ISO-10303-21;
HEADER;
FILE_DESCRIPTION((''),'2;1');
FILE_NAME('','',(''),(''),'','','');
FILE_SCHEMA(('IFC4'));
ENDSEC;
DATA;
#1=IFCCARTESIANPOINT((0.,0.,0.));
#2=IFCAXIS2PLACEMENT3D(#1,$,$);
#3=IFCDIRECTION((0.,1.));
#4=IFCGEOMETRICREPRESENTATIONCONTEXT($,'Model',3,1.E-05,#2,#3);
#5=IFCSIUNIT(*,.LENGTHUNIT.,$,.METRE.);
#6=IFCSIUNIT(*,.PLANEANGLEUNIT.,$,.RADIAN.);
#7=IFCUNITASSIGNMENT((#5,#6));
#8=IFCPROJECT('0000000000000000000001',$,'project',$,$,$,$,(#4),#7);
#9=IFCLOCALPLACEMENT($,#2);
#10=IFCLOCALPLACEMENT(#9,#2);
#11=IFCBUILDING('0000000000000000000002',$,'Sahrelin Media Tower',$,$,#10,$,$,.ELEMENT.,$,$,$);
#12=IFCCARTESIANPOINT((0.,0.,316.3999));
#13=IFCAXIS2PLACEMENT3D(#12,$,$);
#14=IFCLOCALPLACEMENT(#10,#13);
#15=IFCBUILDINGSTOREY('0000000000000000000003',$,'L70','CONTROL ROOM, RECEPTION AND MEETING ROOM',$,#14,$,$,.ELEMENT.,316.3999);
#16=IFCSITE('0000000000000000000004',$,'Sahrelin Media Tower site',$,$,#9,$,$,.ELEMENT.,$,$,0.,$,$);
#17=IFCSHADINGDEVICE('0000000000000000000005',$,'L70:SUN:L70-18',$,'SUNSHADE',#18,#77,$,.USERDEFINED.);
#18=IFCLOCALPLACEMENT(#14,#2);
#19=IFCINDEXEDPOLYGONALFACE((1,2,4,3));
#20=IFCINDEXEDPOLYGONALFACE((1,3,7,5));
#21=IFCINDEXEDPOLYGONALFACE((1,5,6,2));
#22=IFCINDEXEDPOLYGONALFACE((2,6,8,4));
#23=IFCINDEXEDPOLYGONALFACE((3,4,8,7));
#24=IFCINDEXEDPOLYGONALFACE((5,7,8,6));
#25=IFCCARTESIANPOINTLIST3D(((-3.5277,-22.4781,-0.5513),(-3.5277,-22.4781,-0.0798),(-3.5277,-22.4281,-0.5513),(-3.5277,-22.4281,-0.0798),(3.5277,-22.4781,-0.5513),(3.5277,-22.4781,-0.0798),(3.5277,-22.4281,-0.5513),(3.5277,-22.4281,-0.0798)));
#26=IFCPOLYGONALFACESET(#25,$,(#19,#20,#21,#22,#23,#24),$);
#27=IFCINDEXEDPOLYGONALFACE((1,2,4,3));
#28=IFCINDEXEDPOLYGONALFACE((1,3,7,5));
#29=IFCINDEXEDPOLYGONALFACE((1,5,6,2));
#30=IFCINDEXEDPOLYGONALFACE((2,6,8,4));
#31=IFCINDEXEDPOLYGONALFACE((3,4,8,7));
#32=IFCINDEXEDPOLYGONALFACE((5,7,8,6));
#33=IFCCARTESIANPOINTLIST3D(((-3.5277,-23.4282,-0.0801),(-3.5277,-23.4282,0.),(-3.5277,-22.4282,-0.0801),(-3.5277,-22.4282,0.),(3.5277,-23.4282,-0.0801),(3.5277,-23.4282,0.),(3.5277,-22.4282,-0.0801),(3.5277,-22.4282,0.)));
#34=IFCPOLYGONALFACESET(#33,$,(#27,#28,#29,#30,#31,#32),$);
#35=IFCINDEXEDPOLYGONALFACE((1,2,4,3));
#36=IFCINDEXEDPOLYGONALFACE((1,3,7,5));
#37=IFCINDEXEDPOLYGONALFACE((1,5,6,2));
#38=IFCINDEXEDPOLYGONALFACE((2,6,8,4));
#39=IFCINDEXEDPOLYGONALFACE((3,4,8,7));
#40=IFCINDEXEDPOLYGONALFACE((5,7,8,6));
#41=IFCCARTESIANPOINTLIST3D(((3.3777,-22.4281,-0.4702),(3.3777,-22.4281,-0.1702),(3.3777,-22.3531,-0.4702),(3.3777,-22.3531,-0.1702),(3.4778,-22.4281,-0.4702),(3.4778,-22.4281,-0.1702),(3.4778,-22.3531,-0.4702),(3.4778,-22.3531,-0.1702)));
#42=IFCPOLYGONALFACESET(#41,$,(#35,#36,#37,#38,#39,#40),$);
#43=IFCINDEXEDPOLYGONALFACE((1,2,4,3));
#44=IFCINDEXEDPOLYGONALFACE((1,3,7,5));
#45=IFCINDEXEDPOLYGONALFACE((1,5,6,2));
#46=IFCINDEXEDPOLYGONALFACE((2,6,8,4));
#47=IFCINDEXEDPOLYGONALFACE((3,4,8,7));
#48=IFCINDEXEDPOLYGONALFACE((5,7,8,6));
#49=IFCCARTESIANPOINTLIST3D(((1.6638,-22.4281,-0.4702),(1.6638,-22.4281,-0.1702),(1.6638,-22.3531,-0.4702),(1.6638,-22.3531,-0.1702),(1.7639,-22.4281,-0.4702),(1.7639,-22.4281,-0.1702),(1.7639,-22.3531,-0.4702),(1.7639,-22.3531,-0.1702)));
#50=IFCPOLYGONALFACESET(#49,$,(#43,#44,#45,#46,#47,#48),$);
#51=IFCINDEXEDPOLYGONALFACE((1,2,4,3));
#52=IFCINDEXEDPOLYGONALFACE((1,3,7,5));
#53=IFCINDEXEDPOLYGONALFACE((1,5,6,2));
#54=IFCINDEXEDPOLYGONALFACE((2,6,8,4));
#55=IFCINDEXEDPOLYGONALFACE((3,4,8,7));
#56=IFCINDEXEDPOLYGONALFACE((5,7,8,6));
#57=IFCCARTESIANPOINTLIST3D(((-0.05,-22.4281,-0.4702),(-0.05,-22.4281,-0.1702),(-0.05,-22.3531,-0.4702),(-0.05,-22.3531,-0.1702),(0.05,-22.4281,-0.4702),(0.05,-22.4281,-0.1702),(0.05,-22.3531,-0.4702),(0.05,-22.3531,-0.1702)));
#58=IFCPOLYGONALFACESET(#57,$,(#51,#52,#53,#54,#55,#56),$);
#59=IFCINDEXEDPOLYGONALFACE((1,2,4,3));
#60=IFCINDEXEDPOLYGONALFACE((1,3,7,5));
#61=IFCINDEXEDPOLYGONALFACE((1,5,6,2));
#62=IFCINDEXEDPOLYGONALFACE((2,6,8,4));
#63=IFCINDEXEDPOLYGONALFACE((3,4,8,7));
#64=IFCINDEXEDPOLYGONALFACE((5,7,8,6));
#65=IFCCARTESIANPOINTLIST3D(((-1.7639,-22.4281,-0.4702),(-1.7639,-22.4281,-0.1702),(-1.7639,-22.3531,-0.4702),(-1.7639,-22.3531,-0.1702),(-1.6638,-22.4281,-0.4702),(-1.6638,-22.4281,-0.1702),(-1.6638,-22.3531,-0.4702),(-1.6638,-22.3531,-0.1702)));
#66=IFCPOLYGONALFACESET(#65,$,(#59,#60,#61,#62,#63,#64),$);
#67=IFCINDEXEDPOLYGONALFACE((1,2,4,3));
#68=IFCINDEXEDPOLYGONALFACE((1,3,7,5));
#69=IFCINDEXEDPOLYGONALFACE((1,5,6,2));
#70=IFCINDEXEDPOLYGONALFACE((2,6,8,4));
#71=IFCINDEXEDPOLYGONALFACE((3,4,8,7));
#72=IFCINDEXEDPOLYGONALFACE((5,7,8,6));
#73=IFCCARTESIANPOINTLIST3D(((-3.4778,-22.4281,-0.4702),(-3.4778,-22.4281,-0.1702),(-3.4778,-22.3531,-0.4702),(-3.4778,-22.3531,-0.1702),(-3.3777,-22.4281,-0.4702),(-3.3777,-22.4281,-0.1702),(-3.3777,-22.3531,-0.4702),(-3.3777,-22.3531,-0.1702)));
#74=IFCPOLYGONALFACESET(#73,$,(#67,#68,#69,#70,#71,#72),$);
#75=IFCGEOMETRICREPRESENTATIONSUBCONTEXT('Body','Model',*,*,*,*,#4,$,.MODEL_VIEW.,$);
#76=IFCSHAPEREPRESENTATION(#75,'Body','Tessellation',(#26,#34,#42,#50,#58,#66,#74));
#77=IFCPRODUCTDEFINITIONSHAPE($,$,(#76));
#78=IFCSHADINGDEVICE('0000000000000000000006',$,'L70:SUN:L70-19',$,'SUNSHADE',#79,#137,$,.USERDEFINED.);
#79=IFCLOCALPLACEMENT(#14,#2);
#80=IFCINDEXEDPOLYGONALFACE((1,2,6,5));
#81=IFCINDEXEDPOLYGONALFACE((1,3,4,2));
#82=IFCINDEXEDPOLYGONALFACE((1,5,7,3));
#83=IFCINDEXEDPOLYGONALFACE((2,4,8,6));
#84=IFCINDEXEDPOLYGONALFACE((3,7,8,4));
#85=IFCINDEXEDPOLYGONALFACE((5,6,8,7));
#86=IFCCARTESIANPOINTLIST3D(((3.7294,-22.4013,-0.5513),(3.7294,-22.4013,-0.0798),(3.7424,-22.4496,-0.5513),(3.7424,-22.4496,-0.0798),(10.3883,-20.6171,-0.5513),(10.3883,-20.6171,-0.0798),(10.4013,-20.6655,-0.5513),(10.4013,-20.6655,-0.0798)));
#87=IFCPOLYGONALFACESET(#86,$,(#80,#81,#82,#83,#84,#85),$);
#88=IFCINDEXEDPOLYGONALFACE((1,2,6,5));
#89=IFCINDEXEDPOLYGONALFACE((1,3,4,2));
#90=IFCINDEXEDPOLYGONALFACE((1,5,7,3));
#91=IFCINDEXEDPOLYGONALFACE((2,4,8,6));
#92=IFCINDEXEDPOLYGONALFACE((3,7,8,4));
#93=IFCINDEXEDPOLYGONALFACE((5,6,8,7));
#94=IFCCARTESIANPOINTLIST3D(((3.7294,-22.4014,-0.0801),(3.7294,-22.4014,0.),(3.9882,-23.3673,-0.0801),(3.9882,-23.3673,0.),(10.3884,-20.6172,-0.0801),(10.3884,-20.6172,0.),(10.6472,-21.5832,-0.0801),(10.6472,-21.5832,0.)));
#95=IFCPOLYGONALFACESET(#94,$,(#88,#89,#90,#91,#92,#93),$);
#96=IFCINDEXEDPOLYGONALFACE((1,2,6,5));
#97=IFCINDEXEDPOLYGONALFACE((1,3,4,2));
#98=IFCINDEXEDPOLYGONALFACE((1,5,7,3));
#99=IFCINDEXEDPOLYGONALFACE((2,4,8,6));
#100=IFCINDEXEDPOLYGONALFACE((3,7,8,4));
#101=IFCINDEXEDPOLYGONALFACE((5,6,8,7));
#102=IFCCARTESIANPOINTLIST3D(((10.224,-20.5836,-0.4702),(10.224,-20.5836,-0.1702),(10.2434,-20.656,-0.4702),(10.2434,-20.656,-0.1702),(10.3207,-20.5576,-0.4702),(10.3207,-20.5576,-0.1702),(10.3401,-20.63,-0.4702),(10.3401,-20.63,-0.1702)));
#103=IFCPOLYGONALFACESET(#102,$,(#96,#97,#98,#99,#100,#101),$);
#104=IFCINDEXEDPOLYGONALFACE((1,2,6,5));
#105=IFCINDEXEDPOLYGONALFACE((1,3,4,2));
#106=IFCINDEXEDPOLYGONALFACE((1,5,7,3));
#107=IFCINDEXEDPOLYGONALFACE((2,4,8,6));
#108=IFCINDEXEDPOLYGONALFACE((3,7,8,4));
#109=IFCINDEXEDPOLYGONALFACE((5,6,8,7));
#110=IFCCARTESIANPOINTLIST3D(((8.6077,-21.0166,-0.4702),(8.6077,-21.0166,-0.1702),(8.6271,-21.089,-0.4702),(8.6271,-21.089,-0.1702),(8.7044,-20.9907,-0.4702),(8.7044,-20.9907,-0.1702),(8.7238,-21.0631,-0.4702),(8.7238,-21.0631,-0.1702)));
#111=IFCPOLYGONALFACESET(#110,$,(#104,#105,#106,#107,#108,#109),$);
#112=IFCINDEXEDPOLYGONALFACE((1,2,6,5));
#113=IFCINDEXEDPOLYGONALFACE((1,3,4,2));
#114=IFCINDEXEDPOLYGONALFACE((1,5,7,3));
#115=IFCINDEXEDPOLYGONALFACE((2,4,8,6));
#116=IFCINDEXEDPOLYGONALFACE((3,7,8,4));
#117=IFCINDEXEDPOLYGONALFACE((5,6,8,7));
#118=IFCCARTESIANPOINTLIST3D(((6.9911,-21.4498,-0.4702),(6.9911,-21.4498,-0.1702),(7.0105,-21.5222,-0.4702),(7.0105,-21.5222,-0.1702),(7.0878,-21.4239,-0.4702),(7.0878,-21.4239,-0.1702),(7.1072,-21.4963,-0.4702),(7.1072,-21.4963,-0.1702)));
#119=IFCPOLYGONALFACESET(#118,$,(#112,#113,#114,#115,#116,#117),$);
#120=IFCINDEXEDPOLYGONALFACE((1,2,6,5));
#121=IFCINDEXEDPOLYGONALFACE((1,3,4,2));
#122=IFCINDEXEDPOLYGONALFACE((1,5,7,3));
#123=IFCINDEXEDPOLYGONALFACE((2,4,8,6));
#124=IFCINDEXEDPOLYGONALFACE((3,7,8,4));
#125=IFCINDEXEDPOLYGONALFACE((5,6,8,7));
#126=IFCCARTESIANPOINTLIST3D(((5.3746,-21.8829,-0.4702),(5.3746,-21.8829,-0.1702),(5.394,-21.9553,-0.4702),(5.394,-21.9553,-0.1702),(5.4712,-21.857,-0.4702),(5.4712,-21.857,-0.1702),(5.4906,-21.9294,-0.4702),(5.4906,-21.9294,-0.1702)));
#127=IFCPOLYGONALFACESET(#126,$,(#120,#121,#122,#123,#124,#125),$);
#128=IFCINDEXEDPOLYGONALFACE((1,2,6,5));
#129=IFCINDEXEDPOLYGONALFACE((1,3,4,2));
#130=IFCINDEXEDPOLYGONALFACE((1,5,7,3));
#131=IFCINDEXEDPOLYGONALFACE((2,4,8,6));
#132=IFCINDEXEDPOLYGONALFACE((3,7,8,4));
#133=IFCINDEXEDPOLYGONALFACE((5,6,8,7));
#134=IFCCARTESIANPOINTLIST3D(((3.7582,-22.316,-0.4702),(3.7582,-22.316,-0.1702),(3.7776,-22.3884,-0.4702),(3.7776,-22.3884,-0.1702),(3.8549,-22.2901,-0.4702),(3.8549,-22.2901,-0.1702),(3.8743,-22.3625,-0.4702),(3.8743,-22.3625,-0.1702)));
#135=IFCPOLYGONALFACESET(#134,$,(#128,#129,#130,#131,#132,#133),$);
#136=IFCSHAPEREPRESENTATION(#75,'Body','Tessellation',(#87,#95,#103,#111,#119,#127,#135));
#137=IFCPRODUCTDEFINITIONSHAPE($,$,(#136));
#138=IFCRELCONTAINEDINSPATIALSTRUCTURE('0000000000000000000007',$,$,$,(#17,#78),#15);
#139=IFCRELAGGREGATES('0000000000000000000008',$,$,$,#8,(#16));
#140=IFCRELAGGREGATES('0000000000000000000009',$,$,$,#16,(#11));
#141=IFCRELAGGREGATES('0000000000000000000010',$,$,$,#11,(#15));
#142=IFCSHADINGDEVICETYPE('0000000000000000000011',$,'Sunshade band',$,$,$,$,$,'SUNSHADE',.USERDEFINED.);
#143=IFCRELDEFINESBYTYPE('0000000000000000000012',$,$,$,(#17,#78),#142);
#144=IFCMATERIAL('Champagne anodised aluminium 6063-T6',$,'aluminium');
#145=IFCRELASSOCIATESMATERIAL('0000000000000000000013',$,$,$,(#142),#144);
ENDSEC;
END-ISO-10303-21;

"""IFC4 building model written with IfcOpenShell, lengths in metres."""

from ifc_helpers import new_model, si_unit, direction, frame, origin, origin_2d, place, context, subcontext, project, spatial, rectangle, extrude, material, type_object, element, save


model = new_model("IFC4")

# Units and contexts
model_context = context("Model", 3, precision=1e-05, world=origin(), true_north=direction((0.0, 1.0)))
body_context = subcontext(model_context, "Body", "Model", "MODEL_VIEW")
ifc_project = project(units=[si_unit("LENGTHUNIT", "METRE"), si_unit("PLANEANGLEUNIT", "RADIAN")], contexts=[model_context])

# Site, building, storey
site_placement = place(None, origin())
site = spatial("IfcSite", under=ifc_project, at=site_placement, Name="Sahrelin Media Tower site", CompositionType="ELEMENT", RefElevation=0.0)
building_placement = place(site_placement, origin())
building = spatial("IfcBuilding", under=site, at=building_placement, Name="Sahrelin Media Tower", CompositionType="ELEMENT")
storey_placement = place(building_placement, frame((0.0, 0.0, 316.3999)))
storey = spatial("IfcBuildingStorey", under=building, at=storey_placement, Name="L70", Description="CONTROL ROOM, RECEPTION AND MEETING ROOM", CompositionType="ELEMENT", Elevation=316.3999)

# Shared definitions
ifc_material_1 = material(Name="Champagne anodised aluminium 6063-T6", Category="aluminium")

# Shading devices
placement_1 = place(storey_placement, frame((0.0, -22.4082, 0.0), z_axis=(0.0, 0.0, 1.0), x_axis=(-1.0, 0.0, 0.0)))
placement_2 = place(storey_placement, frame((7.0537, -21.49, 0.0), z_axis=(0.0, 0.0, 1.0), x_axis=(-0.965929, -0.258808, 0.0)))
shading_device_type_1 = type_object("IfcShadingDeviceType", Name="Sunshade band", ElementType="SUNSHADE", PredefinedType="USERDEFINED", material=ifc_material_1)
element("IfcShadingDevice", 1, at=placement_1, inside=storey, type_object=shading_device_type_1, Name="L70:SUN:L70-18", ObjectType="SUNSHADE", PredefinedType="USERDEFINED", context=body_context, shape_type="SweptSolid", body=[
    extrude(rectangle(XDim=7.0554, YDim=0.05, at=origin_2d()), frame((0.0, 0.0449, -0.5513)), (0.0, 0.0, 1.0), 0.4714),
    extrude(rectangle(XDim=7.0554, YDim=1.0, at=origin_2d()), frame((0.0, 0.52, -0.0801)), (0.0, 0.0, 1.0), 0.0801),
    extrude(rectangle(XDim=0.1001, YDim=0.075, at=origin_2d()), frame((-3.4277, -0.0176, -0.4702)), (0.0, 0.0, 1.0), 0.3),
    extrude(rectangle(XDim=0.1001, YDim=0.075, at=origin_2d()), frame((-1.7139, -0.0176, -0.4702)), (0.0, 0.0, 1.0), 0.3),
    extrude(rectangle(XDim=0.1001, YDim=0.075, at=origin_2d()), frame((0.0, -0.0176, -0.4702)), (0.0, 0.0, 1.0), 0.3),
    extrude(rectangle(XDim=0.1001, YDim=0.075, at=origin_2d()), frame((1.7139, -0.0176, -0.4702)), (0.0, 0.0, 1.0), 0.3),
    extrude(rectangle(XDim=0.1001, YDim=0.075, at=origin_2d()), frame((3.4277, -0.0176, -0.4702)), (0.0, 0.0, 1.0), 0.3),
])
element("IfcShadingDevice", 2, at=placement_2, inside=storey, type_object=shading_device_type_1, Name="L70:SUN:L70-19", ObjectType="SUNSHADE", PredefinedType="USERDEFINED", context=body_context, shape_type="SweptSolid", body=[
    extrude(rectangle(XDim=6.8938, YDim=0.05, at=origin_2d()), frame((0.0, 0.0449, -0.5513)), (0.0, 0.0, 1.0), 0.4714),
    extrude(rectangle(XDim=6.8938, YDim=1.0, at=origin_2d()), frame((0.0, 0.52, -0.0801)), (0.0, 0.0, 1.0), 0.0801),
    extrude(rectangle(XDim=0.1001, YDim=0.075, at=origin_2d()), frame((-3.3469, -0.0176, -0.4702)), (0.0, 0.0, 1.0), 0.3),
    extrude(rectangle(XDim=0.1001, YDim=0.075, at=origin_2d()), frame((-1.6736, -0.0176, -0.4702)), (0.0, 0.0, 1.0), 0.3),
    extrude(rectangle(XDim=0.1001, YDim=0.075, at=origin_2d()), frame((0.0, -0.0176, -0.4702)), (0.0, 0.0, 1.0), 0.3),
    extrude(rectangle(XDim=0.1001, YDim=0.075, at=origin_2d()), frame((1.6736, -0.0176, -0.4702)), (0.0, 0.0, 1.0), 0.3),
    extrude(rectangle(XDim=0.1001, YDim=0.075, at=origin_2d()), frame((3.3469, -0.0176, -0.4702)), (0.0, 0.0, 1.0), 0.3),
])

save(model, "model.ifc")
